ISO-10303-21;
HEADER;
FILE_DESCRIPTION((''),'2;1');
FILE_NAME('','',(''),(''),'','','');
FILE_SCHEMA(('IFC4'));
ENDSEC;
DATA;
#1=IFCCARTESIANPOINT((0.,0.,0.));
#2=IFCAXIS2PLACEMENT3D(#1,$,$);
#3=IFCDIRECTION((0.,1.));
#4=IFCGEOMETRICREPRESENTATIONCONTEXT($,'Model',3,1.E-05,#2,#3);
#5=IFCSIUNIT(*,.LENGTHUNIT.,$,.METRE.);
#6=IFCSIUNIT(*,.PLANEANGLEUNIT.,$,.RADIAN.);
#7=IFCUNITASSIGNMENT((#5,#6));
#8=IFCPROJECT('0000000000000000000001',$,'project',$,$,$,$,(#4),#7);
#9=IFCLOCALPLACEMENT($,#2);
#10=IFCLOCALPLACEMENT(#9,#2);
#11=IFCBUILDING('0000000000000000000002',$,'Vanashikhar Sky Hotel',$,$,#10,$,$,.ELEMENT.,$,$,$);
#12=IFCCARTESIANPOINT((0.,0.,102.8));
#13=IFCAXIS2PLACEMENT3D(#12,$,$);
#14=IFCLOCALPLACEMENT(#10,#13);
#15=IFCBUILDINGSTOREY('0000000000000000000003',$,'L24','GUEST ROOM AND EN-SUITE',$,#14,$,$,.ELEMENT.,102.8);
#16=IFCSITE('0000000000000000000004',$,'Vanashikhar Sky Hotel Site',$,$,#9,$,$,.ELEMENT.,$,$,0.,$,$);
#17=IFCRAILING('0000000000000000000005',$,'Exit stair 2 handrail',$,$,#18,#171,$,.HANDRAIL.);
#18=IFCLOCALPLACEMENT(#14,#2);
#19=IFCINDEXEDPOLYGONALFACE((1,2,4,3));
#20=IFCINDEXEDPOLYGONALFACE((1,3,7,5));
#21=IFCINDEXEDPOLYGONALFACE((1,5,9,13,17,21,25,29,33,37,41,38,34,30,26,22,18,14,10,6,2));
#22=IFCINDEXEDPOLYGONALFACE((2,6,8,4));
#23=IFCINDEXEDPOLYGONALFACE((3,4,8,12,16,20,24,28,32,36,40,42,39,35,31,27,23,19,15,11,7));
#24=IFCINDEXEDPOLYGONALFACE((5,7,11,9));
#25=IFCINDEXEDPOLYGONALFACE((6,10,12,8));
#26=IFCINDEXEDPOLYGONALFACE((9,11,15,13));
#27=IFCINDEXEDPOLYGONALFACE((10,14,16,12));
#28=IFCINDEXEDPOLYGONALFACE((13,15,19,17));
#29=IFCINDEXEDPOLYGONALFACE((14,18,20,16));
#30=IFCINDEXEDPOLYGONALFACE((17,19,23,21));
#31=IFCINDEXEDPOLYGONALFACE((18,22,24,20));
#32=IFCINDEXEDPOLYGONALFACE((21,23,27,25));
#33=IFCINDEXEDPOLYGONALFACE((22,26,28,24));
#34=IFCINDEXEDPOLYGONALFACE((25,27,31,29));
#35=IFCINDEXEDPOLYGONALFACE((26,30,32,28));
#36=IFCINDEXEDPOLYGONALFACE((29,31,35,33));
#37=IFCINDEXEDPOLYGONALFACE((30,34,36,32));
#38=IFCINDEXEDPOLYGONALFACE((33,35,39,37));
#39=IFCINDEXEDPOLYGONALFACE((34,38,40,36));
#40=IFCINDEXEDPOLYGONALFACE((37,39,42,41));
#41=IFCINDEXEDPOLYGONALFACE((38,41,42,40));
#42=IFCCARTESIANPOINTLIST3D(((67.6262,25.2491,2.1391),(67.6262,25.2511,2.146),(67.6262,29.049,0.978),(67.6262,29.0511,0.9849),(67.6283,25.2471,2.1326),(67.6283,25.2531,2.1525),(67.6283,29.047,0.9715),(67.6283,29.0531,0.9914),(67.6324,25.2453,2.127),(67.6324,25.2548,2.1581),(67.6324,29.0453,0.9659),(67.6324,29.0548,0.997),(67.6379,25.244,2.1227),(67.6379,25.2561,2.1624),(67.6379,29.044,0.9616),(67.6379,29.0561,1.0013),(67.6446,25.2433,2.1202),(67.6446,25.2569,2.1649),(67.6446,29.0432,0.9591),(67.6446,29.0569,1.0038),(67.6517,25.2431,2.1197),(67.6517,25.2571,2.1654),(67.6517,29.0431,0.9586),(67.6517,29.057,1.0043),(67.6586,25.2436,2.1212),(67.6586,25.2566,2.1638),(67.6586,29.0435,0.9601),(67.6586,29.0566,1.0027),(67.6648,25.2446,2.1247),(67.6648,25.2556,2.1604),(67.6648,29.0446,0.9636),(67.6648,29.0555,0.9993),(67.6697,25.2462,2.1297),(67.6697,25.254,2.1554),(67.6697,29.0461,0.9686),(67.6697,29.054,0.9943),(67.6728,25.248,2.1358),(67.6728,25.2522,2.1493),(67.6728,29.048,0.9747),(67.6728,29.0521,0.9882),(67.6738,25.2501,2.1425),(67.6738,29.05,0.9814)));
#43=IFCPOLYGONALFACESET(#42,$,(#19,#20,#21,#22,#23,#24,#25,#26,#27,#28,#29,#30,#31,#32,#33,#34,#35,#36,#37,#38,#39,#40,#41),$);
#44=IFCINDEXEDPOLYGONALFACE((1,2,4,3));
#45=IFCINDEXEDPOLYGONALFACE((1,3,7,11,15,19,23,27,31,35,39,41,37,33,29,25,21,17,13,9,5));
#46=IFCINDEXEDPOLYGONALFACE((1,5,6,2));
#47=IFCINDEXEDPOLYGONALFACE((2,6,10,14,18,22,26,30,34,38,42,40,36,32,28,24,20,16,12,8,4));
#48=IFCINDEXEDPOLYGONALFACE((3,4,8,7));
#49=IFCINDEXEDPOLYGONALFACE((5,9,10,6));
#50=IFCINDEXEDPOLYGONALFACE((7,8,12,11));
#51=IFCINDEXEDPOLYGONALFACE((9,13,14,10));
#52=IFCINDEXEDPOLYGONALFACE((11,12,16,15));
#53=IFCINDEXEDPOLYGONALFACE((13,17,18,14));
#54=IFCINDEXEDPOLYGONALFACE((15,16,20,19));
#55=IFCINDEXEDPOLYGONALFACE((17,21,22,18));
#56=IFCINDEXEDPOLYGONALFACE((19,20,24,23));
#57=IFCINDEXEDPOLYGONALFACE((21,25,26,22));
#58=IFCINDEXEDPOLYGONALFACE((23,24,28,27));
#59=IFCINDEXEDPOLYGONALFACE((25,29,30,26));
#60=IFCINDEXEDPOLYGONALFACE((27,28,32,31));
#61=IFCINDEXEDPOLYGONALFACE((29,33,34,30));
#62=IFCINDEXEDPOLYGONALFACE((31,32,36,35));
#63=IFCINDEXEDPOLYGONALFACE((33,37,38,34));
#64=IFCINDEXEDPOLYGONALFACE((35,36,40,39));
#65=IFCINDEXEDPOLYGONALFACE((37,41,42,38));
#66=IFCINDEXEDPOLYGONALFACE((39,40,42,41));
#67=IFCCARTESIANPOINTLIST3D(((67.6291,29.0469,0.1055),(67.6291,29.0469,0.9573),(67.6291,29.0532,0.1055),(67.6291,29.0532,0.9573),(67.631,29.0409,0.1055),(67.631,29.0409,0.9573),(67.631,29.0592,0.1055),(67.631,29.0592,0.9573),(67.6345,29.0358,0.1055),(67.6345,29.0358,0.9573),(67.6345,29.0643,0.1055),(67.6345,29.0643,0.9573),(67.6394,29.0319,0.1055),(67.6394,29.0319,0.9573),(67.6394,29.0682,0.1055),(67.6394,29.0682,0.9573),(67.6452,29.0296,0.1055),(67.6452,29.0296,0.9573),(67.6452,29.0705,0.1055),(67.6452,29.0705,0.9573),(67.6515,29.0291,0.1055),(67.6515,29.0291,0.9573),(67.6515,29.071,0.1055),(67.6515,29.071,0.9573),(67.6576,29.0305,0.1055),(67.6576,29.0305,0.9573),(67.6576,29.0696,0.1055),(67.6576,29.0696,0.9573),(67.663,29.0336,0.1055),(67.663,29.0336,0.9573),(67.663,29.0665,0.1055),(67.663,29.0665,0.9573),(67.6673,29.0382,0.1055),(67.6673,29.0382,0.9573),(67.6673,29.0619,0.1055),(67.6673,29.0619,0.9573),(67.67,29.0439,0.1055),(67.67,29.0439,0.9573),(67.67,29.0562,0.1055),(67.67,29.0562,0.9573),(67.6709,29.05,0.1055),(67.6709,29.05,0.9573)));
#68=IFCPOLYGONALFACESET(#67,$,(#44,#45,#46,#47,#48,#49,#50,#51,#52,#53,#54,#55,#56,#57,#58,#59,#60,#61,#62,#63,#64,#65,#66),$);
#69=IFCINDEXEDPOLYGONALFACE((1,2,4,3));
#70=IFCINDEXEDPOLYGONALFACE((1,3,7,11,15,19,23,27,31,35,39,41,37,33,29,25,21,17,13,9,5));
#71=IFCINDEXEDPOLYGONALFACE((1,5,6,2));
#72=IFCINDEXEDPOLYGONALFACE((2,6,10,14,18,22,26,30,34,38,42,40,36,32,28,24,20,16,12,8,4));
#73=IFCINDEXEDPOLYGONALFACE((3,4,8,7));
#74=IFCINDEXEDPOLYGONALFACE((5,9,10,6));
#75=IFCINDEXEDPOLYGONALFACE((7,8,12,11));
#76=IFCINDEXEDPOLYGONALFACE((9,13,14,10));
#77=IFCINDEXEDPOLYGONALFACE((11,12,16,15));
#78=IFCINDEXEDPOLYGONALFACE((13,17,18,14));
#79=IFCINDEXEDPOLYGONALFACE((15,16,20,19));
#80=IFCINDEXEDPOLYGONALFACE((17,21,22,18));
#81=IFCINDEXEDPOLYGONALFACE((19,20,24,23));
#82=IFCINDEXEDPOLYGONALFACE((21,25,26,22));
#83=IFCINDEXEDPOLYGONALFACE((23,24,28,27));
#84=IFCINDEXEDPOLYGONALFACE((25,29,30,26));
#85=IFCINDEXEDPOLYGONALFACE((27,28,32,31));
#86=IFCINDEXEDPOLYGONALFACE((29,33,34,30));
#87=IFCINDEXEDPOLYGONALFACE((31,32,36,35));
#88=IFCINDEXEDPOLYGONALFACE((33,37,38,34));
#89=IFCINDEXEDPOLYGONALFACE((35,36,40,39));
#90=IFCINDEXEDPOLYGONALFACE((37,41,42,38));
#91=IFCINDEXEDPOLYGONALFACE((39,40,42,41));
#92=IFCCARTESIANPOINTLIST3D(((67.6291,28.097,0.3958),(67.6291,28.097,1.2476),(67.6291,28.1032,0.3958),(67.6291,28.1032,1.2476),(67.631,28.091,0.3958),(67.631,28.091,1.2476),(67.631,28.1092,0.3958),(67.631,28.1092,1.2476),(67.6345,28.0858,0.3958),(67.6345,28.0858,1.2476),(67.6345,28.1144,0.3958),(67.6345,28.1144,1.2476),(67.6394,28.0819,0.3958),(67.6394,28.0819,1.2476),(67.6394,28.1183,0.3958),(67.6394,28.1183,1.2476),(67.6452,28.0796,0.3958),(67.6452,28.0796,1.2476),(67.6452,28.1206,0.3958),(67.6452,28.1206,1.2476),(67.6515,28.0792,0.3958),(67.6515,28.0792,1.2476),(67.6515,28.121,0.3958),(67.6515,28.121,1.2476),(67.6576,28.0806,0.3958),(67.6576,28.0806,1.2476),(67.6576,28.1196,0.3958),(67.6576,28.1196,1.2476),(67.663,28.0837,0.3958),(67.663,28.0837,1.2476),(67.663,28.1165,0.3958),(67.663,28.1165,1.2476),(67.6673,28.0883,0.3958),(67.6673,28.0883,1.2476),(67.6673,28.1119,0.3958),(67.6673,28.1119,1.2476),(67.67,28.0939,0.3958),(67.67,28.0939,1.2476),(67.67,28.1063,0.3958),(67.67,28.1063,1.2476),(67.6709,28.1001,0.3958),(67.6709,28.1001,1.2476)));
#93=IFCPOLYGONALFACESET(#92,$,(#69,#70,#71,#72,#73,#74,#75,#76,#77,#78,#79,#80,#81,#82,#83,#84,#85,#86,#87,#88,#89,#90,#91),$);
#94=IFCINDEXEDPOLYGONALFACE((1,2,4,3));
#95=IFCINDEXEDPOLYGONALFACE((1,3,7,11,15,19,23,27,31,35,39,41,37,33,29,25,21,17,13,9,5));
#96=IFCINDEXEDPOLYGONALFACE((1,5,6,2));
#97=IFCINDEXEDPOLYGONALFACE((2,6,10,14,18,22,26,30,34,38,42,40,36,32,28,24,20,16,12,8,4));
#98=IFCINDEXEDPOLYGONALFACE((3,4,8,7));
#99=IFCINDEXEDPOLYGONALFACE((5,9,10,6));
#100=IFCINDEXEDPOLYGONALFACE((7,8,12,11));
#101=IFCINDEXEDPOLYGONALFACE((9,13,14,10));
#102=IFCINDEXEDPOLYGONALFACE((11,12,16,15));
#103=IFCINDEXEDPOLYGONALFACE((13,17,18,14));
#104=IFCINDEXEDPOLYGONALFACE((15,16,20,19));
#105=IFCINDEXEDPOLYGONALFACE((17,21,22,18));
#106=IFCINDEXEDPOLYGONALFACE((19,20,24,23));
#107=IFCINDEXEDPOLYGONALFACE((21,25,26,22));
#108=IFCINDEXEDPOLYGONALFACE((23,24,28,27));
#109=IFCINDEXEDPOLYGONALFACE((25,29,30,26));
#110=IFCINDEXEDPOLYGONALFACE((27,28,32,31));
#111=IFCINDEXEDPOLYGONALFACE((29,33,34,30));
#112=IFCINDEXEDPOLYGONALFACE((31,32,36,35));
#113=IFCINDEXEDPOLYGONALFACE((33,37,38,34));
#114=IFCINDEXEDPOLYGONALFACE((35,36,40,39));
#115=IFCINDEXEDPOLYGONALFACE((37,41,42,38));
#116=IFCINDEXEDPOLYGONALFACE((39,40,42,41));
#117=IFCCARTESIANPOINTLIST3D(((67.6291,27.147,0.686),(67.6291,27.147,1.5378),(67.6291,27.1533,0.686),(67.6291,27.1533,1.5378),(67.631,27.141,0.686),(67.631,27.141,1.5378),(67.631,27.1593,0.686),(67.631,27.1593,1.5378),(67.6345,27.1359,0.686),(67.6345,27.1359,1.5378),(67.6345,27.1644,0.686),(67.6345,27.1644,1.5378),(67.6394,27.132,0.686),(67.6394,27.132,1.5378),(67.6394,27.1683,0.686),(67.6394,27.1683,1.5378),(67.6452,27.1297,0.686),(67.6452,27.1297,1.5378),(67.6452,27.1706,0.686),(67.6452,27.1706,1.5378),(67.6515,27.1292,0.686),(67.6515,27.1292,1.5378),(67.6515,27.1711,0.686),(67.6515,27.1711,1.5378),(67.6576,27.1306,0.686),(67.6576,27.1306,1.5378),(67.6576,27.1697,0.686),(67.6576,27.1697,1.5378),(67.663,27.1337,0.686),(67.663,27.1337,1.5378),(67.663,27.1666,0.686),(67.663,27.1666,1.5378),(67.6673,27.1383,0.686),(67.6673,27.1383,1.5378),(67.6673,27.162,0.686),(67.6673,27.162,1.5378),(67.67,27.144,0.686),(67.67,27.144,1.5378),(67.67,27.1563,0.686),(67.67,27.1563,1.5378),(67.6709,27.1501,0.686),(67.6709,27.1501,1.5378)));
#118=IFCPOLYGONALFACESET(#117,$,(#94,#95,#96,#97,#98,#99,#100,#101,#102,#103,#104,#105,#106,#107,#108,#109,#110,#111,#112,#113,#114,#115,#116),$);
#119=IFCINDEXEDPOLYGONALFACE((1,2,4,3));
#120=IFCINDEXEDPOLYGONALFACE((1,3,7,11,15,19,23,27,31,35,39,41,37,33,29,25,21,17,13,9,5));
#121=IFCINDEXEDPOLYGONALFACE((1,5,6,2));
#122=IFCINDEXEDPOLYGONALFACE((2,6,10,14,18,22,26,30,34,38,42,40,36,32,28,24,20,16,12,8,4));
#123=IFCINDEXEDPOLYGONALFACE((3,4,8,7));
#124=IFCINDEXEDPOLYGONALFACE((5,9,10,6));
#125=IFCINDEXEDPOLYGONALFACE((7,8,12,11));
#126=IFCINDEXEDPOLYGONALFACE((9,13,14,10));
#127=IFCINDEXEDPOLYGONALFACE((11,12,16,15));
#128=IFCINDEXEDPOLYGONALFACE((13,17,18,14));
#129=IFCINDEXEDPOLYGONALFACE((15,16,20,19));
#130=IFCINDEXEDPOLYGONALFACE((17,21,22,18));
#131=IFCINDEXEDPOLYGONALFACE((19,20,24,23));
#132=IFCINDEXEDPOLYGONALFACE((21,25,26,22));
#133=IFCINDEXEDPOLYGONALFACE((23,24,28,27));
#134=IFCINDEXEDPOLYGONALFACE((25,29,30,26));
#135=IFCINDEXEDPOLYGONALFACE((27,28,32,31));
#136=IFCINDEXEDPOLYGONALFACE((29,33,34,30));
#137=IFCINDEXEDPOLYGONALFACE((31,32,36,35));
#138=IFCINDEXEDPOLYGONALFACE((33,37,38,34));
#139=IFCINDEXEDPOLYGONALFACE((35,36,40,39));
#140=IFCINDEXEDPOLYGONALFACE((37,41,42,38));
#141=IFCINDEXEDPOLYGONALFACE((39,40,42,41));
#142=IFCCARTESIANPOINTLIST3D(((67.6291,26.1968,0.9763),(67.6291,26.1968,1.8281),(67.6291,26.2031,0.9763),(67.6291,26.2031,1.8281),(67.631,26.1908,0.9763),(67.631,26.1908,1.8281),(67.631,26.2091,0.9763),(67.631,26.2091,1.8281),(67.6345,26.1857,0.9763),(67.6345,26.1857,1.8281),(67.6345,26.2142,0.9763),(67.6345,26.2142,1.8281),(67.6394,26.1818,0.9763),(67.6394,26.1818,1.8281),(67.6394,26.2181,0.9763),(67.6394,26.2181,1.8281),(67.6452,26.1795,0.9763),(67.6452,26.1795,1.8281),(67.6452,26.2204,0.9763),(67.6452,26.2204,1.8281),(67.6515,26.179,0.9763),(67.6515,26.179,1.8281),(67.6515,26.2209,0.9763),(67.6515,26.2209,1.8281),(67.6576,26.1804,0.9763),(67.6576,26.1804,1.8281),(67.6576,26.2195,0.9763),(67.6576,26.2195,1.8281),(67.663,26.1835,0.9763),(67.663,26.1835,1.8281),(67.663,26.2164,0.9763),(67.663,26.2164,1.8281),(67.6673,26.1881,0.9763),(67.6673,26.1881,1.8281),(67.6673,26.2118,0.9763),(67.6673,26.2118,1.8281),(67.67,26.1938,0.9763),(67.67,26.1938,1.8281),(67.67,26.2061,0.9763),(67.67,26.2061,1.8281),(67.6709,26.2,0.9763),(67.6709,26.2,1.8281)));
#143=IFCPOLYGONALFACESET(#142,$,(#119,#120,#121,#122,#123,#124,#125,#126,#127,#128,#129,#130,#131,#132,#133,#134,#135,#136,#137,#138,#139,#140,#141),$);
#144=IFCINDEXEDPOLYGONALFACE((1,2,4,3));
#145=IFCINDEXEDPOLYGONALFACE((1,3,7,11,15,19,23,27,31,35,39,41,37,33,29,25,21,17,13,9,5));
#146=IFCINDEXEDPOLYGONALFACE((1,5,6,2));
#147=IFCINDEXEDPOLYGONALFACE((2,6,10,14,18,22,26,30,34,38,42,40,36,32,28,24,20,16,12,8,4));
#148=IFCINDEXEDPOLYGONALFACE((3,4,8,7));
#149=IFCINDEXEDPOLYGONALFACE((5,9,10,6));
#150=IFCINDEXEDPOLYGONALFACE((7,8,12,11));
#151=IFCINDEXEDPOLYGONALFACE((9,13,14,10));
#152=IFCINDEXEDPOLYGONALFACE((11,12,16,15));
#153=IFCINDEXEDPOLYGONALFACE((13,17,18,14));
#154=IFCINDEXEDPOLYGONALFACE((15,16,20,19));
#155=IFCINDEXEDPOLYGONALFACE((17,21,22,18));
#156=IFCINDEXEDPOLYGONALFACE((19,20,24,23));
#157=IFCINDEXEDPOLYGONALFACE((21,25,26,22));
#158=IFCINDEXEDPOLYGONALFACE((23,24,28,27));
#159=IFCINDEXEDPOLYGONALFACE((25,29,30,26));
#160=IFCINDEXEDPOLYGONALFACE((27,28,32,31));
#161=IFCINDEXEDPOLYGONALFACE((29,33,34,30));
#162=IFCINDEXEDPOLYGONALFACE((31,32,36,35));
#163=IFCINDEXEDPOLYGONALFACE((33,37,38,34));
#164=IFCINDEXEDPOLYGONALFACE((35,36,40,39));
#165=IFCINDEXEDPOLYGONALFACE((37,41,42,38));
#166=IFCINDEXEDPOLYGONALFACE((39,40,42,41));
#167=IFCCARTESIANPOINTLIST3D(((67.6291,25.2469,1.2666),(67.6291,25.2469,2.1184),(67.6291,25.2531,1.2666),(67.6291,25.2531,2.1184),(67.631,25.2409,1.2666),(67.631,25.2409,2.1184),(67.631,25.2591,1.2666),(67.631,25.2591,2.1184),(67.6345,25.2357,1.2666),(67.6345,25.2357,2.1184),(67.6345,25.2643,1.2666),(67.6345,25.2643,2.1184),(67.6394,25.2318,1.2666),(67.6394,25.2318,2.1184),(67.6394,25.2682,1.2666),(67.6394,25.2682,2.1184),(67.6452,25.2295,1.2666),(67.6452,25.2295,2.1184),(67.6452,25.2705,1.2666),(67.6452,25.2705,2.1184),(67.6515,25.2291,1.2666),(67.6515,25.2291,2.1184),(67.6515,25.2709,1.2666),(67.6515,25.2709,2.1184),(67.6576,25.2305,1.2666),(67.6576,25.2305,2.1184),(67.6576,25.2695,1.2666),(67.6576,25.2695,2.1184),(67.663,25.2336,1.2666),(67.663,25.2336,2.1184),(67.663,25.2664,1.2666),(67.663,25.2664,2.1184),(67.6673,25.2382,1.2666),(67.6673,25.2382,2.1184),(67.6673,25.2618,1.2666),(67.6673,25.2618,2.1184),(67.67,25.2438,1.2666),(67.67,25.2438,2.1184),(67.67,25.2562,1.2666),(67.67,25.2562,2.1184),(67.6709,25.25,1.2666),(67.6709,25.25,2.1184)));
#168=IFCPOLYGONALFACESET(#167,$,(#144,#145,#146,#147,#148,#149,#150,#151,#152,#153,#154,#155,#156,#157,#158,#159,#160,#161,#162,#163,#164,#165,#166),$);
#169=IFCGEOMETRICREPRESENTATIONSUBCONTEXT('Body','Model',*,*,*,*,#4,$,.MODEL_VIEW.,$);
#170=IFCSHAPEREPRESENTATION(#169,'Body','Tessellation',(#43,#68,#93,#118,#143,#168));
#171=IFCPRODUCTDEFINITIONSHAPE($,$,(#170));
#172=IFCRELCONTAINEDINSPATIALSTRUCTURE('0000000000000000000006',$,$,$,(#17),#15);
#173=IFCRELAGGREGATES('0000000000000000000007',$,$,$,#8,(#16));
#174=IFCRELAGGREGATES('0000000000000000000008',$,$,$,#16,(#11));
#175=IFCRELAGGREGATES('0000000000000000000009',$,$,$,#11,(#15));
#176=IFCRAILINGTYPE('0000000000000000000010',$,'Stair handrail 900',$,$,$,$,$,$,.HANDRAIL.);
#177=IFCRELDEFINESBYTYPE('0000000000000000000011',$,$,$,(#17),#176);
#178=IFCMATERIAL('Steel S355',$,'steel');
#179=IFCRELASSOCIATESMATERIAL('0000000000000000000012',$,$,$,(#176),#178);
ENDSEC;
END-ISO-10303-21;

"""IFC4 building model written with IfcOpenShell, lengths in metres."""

from ifc_helpers import new_model, si_unit, direction, frame, origin, origin_2d, place, context, subcontext, project, spatial, circle, extrude, source, transform, mapped, material, type_object, element, save


model = new_model("IFC4")

# Units and contexts
model_context = context("Model", 3, precision=1e-05, world=origin(), true_north=direction((0.0, 1.0)))
body_context = subcontext(model_context, "Body", "Model", "MODEL_VIEW")
ifc_project = project(units=[si_unit("LENGTHUNIT", "METRE"), si_unit("PLANEANGLEUNIT", "RADIAN")], contexts=[model_context])

# Site, building, storey
site_placement = place(None, origin())
site = spatial("IfcSite", under=ifc_project, at=site_placement, Name="Vanashikhar Sky Hotel Site", CompositionType="ELEMENT", RefElevation=0.0)
building_placement = place(site_placement, origin())
building = spatial("IfcBuilding", under=site, at=building_placement, Name="Vanashikhar Sky Hotel", CompositionType="ELEMENT")
storey_placement = place(building_placement, frame((0.0, 0.0, 102.8)))
storey = spatial("IfcBuildingStorey", under=building, at=storey_placement, Name="L24", Description="GUEST ROOM AND EN-SUITE", CompositionType="ELEMENT", Elevation=102.8)

# Railing
ifc_material_1 = material(Name="Steel S355", Category="steel")
railing_type_1 = type_object("IfcRailingType", Name="Stair handrail 900", PredefinedType="HANDRAIL", material=ifc_material_1)
shared_shape_1 = source(origin(), body_context, "Body", "SweptSolid", [
    extrude(circle(Radius=0.0239, at=origin_2d()), frame((0.0, 0.0, 0.876), z_axis=(0.0, -0.956351, 0.29222), x_axis=(1.0, 0.0, 0.0)), (0.0, 0.0, 1.0), 3.9734),
    extrude(circle(Radius=0.021, at=origin_2d()), origin(), (0.0, 0.0, 1.0), 0.8518),
    extrude(circle(Radius=0.021, at=origin_2d()), frame((0.0, -0.95, 0.2903)), (0.0, 0.0, 1.0), 0.8518),
    extrude(circle(Radius=0.021, at=origin_2d()), frame((0.0, -1.8999, 0.5806)), (0.0, 0.0, 1.0), 0.8518),
    extrude(circle(Radius=0.021, at=origin_2d()), frame((0.0, -2.8501, 0.8708)), (0.0, 0.0, 1.0), 0.8518),
    extrude(circle(Radius=0.021, at=origin_2d()), frame((0.0, -3.8, 1.1611)), (0.0, 0.0, 1.0), 0.8518),
])
for number, where, name in (
    (1, (67.6499, 29.05, 0.1055), "Exit stair 2 handrail"),
):
    element("IfcRailing", number, at=place(storey_placement, frame(where)), inside=storey, type_object=railing_type_1, Name=name, PredefinedType="HANDRAIL", context=body_context, shape_type="MappedRepresentation", body=[
        mapped(shared_shape_1, transform((0.0, 0.0, 0.0), scale=1.0)),
    ])

save(model, "model.ifc")
